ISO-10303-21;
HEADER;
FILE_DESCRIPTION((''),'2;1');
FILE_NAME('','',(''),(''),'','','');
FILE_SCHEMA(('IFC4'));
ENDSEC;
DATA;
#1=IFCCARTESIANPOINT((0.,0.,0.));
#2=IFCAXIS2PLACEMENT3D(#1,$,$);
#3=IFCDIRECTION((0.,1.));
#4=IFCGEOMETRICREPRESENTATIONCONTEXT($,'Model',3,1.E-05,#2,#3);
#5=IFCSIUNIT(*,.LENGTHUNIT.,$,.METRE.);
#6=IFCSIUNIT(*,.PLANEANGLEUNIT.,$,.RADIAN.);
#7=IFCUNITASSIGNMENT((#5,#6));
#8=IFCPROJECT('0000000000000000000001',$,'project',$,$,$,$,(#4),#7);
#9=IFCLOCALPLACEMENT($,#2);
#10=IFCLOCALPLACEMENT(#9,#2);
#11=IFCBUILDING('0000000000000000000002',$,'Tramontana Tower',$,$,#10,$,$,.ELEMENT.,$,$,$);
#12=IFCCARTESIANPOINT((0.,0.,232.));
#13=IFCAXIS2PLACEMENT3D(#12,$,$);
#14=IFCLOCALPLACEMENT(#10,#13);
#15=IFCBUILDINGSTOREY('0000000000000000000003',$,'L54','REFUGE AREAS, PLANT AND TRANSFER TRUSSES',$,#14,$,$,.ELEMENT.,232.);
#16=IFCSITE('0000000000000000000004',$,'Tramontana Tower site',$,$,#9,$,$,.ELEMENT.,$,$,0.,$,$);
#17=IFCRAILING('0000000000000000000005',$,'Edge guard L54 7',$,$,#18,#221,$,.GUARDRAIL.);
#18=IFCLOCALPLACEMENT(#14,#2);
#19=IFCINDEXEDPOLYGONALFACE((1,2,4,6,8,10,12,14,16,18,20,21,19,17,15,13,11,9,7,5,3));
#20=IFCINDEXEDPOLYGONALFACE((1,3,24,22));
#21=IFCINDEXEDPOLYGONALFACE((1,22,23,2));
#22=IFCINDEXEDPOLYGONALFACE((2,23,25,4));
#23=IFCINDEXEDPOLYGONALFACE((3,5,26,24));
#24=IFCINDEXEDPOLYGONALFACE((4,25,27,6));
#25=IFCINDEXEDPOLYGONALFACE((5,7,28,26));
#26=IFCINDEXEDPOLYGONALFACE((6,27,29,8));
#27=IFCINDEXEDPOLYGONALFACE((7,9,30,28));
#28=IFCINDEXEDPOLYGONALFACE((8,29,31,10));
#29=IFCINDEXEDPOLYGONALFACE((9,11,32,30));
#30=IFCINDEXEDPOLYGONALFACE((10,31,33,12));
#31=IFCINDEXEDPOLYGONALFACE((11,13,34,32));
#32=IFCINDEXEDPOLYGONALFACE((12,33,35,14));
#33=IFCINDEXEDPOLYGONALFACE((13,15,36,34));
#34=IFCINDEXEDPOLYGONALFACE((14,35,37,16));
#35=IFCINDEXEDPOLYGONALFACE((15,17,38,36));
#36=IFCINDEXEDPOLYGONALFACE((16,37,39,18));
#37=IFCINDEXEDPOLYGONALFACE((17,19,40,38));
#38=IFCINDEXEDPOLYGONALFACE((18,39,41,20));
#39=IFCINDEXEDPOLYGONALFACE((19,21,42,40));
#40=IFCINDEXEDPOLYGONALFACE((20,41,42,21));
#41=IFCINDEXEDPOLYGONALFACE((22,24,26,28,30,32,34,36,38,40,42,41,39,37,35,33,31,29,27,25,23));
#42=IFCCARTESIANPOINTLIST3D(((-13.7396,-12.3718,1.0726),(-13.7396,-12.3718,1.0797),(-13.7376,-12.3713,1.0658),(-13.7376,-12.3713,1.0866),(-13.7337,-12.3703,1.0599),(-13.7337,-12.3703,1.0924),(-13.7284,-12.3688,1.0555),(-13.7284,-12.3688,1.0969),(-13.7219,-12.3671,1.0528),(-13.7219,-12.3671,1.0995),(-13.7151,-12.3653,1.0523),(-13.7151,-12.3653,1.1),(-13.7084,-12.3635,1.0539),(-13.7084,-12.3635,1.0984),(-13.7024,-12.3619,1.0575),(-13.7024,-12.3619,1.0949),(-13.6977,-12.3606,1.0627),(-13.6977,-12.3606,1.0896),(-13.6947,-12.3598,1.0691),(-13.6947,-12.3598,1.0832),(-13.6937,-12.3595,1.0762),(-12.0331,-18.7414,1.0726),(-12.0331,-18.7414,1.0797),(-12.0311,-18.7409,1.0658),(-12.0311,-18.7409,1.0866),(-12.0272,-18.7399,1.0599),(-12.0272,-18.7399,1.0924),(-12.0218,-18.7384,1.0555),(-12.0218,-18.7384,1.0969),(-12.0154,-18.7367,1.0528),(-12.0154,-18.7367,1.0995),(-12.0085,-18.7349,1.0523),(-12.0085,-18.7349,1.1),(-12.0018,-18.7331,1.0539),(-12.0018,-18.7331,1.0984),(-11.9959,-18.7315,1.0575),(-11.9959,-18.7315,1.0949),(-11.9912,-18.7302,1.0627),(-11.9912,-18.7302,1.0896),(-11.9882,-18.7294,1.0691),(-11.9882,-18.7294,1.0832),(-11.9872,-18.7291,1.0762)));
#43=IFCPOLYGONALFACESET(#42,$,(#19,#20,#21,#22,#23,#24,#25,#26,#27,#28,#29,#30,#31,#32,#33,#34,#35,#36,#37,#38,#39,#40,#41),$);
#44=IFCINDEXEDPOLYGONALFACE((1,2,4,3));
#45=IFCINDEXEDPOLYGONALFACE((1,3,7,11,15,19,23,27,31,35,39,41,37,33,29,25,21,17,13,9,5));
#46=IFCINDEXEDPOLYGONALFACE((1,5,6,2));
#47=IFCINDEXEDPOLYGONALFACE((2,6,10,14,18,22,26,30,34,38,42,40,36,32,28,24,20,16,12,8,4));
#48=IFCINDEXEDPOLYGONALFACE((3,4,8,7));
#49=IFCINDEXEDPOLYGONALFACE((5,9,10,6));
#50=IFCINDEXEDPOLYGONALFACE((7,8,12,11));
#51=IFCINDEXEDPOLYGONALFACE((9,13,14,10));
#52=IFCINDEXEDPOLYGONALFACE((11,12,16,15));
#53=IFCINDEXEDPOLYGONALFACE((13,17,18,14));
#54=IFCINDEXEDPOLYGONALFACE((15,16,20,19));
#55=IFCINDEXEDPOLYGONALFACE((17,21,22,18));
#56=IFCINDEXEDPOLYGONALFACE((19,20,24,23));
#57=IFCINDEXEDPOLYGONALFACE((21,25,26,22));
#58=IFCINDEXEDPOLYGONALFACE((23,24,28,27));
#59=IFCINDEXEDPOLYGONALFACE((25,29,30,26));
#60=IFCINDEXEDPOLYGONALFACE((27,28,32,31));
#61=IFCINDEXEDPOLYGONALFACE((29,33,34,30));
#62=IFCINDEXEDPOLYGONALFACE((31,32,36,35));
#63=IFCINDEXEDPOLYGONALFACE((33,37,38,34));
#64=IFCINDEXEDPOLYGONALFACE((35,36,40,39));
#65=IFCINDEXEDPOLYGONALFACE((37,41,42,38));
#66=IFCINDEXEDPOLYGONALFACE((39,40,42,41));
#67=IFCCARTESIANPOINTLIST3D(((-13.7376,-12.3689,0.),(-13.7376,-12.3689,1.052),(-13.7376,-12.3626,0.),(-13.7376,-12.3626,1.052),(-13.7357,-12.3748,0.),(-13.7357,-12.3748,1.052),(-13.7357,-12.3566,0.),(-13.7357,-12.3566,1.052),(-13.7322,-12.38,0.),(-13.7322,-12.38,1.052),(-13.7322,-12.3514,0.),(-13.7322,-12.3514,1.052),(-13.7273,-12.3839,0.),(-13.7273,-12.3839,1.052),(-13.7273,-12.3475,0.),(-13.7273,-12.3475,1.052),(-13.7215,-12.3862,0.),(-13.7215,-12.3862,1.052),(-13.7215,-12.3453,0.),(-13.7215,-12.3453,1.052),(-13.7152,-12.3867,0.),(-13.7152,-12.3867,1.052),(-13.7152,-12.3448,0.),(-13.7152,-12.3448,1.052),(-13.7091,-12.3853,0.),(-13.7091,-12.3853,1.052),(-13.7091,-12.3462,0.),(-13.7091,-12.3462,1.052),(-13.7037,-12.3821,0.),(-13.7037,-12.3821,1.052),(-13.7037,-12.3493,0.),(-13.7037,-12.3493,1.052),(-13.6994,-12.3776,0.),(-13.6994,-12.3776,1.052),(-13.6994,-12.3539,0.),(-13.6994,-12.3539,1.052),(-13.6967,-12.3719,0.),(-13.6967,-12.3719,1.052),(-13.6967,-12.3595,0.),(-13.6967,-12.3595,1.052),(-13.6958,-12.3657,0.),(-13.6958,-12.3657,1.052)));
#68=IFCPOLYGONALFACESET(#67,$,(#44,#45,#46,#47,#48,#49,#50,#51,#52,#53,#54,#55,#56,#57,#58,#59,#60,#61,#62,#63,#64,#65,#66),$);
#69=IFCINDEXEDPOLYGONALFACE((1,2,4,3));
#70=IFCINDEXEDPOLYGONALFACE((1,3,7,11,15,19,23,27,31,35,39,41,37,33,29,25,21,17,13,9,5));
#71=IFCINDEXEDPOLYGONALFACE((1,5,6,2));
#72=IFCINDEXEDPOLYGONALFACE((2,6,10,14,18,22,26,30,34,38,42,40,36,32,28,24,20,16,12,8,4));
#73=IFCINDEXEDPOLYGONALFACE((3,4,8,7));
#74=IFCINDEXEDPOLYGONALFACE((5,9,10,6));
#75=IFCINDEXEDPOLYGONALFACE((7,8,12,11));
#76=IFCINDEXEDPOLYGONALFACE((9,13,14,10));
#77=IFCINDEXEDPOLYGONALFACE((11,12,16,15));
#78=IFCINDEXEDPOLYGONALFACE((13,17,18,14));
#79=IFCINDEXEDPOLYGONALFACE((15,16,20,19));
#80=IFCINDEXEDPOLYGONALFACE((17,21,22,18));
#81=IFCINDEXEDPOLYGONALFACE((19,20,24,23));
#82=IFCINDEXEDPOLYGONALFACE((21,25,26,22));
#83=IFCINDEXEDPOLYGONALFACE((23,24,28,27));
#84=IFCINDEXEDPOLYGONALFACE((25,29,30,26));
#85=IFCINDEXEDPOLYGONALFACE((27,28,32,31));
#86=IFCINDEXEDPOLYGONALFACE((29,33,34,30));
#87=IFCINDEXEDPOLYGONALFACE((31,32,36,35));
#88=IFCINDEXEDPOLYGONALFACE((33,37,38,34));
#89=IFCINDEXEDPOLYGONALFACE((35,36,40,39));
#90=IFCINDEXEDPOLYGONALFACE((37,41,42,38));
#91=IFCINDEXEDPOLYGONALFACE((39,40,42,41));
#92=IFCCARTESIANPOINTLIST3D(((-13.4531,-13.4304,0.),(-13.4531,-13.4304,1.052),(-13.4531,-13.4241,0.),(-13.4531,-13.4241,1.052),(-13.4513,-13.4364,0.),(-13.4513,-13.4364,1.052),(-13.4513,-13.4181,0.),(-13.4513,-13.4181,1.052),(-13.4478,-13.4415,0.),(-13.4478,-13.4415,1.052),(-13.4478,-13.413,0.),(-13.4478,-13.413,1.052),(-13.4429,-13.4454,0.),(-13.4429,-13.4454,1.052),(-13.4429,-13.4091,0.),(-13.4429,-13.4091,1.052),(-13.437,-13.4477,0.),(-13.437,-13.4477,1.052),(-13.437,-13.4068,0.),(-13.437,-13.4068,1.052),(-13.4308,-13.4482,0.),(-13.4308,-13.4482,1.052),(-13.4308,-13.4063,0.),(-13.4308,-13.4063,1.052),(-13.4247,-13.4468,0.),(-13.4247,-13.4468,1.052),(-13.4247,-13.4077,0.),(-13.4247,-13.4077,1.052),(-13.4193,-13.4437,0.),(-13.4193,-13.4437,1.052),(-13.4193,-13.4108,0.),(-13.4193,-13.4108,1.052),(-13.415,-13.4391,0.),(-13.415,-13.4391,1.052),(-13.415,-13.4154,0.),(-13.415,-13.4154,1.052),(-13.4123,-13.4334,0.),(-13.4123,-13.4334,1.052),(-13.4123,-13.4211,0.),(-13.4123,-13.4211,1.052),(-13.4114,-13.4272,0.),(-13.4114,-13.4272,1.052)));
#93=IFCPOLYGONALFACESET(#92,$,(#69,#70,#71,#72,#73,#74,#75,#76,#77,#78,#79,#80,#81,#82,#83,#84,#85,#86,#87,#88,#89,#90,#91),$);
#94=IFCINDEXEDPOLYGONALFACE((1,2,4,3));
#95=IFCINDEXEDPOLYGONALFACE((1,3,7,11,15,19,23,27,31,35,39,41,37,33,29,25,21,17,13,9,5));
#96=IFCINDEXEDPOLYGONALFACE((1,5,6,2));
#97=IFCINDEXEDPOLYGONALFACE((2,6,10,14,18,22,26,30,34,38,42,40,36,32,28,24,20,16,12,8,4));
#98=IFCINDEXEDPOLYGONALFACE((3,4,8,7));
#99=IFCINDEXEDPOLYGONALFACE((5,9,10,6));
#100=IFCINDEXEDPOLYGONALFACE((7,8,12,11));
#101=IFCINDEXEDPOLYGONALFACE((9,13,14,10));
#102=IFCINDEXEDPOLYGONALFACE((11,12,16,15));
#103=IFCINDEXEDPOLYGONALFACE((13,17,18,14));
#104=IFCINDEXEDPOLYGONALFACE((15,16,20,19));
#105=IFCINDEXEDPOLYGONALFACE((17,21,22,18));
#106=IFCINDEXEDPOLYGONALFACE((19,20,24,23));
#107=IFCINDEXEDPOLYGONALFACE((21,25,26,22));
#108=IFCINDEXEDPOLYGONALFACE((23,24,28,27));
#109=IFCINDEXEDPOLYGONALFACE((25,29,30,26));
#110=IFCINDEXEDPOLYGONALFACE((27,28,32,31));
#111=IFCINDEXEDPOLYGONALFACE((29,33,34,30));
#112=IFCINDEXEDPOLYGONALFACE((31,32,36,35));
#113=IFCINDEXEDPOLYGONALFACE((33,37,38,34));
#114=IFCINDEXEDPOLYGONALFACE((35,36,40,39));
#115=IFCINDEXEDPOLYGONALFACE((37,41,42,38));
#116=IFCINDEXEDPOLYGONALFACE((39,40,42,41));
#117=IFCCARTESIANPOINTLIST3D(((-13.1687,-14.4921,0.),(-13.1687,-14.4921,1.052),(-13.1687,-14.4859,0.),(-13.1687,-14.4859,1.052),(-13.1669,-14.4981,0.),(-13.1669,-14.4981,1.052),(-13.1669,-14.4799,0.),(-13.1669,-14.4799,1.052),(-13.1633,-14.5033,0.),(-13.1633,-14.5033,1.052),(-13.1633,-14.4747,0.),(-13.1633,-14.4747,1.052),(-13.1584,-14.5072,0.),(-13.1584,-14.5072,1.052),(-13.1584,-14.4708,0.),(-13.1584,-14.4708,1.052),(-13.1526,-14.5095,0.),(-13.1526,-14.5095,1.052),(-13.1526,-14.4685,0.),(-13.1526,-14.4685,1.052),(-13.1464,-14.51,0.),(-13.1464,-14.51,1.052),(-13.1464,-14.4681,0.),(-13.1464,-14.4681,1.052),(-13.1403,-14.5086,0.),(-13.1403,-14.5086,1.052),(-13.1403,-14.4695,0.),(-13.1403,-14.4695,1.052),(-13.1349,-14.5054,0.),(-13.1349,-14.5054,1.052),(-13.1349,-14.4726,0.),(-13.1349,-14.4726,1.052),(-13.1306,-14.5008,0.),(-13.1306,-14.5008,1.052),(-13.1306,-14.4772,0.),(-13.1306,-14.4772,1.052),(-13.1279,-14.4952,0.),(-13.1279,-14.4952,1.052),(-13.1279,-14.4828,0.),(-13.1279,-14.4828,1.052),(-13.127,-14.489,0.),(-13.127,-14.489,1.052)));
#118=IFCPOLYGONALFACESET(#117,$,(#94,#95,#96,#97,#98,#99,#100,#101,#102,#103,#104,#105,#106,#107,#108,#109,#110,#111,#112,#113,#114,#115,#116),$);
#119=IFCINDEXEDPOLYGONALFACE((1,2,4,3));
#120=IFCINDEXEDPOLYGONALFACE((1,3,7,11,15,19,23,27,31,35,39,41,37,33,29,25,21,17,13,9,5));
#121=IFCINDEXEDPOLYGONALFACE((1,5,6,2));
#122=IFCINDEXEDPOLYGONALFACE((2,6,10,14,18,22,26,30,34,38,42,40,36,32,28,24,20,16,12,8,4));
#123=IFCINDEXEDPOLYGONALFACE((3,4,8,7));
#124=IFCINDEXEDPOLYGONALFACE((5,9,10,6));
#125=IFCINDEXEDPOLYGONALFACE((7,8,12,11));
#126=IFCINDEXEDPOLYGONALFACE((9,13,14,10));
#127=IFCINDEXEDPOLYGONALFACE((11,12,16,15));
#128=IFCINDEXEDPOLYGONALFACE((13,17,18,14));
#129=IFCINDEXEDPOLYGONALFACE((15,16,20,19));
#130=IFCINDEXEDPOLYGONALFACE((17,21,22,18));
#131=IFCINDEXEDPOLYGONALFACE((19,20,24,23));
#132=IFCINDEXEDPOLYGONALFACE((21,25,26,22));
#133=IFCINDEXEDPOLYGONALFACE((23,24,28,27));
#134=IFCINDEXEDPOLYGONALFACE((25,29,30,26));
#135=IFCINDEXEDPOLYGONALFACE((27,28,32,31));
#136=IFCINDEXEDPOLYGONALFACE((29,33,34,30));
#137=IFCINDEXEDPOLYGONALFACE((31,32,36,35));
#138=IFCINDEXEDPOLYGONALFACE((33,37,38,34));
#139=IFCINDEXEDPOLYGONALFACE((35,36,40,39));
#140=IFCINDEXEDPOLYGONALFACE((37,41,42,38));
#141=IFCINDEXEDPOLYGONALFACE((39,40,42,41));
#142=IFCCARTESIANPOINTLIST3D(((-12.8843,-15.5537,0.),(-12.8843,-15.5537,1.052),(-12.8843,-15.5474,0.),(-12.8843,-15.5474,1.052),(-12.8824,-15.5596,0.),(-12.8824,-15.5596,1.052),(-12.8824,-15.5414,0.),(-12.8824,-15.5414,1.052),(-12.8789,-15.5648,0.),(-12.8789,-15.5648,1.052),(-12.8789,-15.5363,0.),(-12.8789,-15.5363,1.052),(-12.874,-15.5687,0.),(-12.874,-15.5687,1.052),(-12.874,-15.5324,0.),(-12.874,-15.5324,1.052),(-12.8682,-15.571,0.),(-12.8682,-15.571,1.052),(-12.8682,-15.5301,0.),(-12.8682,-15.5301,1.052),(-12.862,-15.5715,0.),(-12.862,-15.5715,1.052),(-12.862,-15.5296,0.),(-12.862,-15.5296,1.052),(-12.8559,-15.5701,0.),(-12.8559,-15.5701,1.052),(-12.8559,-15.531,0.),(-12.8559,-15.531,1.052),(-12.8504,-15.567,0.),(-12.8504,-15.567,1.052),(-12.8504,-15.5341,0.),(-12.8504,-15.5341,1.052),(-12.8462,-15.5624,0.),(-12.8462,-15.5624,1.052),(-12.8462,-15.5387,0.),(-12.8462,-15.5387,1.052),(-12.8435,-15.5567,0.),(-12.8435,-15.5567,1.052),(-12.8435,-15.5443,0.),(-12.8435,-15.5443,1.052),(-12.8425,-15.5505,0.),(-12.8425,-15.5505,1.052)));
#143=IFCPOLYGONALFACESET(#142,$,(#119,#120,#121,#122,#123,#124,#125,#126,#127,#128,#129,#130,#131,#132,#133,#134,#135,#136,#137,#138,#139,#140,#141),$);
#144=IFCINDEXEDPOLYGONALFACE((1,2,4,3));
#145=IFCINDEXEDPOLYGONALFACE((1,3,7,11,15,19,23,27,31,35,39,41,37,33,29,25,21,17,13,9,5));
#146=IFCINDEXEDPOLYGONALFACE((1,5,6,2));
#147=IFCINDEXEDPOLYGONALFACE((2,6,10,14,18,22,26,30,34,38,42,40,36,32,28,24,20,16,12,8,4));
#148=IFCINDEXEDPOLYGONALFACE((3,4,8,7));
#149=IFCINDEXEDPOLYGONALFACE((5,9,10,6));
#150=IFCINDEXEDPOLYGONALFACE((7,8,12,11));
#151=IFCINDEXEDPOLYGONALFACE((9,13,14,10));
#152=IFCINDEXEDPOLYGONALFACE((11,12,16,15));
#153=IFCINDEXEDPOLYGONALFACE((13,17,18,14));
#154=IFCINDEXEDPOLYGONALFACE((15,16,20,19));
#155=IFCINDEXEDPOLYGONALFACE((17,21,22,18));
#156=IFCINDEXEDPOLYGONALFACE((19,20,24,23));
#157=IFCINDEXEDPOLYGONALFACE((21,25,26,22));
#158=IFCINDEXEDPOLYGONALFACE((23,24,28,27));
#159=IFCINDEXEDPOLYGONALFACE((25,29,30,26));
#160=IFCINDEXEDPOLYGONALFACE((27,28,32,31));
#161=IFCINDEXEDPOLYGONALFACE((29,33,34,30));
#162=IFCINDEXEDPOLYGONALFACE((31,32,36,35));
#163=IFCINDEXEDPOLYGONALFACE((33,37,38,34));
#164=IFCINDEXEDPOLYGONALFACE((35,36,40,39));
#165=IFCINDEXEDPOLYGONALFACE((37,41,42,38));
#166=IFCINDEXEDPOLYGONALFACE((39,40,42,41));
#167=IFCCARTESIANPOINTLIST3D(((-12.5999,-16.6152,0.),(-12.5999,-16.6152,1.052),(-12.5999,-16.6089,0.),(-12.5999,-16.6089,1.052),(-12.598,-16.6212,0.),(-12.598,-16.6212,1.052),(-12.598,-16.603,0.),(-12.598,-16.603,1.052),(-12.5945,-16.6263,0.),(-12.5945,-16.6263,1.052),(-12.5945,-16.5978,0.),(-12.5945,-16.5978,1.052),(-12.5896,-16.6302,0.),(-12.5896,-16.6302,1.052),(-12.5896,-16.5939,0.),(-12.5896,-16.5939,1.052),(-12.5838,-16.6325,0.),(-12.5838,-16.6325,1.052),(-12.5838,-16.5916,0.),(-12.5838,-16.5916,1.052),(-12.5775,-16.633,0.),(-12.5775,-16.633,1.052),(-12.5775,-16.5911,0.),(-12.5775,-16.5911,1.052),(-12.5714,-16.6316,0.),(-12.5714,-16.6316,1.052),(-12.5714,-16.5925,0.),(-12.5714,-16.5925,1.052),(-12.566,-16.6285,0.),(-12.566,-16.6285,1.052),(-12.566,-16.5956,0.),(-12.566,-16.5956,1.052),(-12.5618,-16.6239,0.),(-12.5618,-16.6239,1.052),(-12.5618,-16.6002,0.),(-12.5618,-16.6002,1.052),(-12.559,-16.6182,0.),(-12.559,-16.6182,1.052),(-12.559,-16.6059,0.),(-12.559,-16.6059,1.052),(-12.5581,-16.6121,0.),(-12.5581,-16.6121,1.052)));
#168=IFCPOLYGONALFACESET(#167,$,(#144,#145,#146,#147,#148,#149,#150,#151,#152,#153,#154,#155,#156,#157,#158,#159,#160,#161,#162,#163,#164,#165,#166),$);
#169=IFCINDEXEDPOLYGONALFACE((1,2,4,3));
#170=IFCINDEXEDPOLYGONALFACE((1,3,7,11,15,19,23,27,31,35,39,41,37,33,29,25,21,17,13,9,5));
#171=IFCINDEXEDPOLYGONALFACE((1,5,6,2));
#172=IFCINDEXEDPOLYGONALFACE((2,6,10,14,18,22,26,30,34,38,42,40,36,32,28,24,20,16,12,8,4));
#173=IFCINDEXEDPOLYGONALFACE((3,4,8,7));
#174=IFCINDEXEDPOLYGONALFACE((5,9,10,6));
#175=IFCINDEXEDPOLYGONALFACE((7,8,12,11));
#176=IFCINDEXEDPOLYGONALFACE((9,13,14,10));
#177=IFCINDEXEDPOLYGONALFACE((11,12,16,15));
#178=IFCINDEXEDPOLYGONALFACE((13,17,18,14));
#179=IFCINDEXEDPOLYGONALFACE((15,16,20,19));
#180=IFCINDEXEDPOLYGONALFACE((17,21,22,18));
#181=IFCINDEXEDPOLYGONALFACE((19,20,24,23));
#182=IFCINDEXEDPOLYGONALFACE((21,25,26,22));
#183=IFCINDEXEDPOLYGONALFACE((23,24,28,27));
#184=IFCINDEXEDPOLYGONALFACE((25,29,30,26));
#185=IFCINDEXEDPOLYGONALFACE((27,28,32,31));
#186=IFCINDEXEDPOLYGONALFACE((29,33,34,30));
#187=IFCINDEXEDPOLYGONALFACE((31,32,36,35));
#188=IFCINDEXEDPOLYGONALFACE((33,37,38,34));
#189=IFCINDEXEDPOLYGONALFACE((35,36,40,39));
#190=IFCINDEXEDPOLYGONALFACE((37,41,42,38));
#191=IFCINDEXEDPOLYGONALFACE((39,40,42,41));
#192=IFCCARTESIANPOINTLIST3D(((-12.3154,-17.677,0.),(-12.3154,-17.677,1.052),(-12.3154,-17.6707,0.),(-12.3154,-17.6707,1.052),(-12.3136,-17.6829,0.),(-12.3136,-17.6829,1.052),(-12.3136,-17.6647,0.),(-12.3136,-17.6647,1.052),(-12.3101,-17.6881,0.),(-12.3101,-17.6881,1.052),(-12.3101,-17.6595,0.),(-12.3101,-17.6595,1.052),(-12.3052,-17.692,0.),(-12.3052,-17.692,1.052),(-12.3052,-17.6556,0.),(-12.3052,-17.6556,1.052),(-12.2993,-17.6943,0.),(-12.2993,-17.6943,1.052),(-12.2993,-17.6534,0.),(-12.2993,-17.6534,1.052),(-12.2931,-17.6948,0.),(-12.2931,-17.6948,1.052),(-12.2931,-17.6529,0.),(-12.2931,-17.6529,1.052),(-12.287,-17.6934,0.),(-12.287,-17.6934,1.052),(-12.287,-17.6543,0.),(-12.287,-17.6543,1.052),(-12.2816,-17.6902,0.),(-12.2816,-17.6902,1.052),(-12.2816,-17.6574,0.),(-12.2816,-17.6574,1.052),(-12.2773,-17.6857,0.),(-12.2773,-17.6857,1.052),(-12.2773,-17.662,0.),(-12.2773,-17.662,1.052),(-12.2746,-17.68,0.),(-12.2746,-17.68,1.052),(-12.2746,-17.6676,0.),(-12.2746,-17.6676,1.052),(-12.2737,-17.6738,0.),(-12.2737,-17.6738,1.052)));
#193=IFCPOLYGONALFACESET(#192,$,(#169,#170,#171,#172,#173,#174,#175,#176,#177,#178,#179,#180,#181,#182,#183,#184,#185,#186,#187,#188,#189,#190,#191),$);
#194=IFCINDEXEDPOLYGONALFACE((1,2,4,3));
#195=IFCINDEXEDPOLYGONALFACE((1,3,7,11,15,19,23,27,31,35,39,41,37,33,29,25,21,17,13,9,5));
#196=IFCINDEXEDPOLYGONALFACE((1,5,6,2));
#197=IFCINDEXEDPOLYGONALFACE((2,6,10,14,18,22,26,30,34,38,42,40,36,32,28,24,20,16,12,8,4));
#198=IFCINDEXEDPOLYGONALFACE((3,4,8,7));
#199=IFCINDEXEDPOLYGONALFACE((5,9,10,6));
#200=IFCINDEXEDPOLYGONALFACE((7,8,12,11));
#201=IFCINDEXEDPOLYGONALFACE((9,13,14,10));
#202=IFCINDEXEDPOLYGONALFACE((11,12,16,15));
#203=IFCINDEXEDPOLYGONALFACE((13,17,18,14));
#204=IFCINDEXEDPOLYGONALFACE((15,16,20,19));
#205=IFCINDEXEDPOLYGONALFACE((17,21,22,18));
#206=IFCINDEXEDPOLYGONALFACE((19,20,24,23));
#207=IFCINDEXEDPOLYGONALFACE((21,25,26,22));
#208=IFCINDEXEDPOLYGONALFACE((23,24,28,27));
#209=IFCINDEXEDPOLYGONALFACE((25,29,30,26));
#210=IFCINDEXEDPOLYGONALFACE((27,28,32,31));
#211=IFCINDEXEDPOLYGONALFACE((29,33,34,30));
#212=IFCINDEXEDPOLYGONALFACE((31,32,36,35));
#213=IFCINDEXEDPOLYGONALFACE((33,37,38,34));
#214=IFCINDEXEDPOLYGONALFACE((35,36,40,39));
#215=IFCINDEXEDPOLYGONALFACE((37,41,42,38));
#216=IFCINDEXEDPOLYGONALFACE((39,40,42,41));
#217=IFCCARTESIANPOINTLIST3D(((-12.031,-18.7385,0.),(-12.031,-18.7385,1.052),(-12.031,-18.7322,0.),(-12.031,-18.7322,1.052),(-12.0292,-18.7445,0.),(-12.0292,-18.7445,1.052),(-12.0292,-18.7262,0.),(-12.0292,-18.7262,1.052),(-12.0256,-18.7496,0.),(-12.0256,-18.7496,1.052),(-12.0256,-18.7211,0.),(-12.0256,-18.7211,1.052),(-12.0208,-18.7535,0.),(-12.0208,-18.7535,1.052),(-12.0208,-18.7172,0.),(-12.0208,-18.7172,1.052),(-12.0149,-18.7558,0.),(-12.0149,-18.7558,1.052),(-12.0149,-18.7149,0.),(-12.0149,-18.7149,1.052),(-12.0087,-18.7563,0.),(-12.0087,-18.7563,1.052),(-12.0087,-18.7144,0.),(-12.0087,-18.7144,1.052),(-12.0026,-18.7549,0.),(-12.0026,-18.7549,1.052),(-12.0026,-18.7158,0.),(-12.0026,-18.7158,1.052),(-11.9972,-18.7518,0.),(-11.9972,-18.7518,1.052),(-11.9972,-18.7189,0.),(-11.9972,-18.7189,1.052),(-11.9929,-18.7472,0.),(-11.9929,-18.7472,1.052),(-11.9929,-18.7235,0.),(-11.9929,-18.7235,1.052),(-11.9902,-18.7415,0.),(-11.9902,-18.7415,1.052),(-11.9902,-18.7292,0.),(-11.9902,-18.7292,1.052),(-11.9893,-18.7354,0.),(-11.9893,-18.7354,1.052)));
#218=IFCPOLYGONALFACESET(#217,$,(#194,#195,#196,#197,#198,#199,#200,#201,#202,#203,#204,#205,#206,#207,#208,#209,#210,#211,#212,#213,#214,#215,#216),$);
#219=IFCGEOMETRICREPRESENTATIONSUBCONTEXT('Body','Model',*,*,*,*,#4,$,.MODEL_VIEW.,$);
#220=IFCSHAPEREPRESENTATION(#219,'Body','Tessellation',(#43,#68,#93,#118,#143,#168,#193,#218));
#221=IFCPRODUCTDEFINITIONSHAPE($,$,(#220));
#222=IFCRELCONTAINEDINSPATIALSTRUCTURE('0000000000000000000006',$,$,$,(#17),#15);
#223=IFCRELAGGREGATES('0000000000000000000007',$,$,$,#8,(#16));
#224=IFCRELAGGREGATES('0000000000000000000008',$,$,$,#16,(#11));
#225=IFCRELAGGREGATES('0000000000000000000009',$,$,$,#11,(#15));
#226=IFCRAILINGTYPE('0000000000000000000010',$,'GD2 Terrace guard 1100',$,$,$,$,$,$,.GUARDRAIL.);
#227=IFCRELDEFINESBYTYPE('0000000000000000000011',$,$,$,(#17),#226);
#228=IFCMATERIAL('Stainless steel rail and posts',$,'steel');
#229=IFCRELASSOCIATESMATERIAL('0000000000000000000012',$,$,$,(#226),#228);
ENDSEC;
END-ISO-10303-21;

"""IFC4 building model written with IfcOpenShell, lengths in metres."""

from ifc_helpers import new_model, si_unit, direction, frame, origin, origin_2d, place, context, subcontext, project, spatial, circle, extrude, material, type_object, element, save


model = new_model("IFC4")

# Units and contexts
model_context = context("Model", 3, precision=1e-05, world=origin(), true_north=direction((0.0, 1.0)))
body_context = subcontext(model_context, "Body", "Model", "MODEL_VIEW")
ifc_project = project(units=[si_unit("LENGTHUNIT", "METRE"), si_unit("PLANEANGLEUNIT", "RADIAN")], contexts=[model_context])

# Site, building, storey
site_placement = place(None, origin())
site = spatial("IfcSite", under=ifc_project, at=site_placement, Name="Tramontana Tower site", CompositionType="ELEMENT", RefElevation=0.0)
building_placement = place(site_placement, origin())
building = spatial("IfcBuilding", under=site, at=building_placement, Name="Tramontana Tower", CompositionType="ELEMENT")
storey_placement = place(building_placement, frame((0.0, 0.0, 232.0)))
storey = spatial("IfcBuildingStorey", under=building, at=storey_placement, Name="L54", Description="REFUGE AREAS, PLANT AND TRANSFER TRUSSES", CompositionType="ELEMENT", Elevation=232.0)

# Railing
ifc_material_1 = material(Name="Stainless steel rail and posts", Category="steel")
railing_type = type_object("IfcRailingType", Name="GD2 Terrace guard 1100", PredefinedType="GUARDRAIL", material=ifc_material_1)
railing_placement = place(storey_placement, frame((-13.7168, -12.3657, 0.0)))
element("IfcRailing", 1, at=railing_placement, inside=storey, type_object=railing_type, Name="Edge guard L54 7", PredefinedType="GUARDRAIL", context=body_context, shape_type="SweptSolid", body=[
    extrude(circle(Radius=0.0239, at=origin_2d()), frame((0.0, 0.0, 1.0762), z_axis=(0.258792, -0.965933, 0.0), x_axis=(0.965933, 0.258792, 0.0)), (0.0, 0.0, 1.0), 6.5942),
    extrude(circle(Radius=0.021, at=origin_2d()), origin(), (0.0, 0.0, 1.0), 1.052),
    extrude(circle(Radius=0.021, at=origin_2d()), frame((0.2844, -1.0615, 0.0)), (0.0, 0.0, 1.0), 1.052),
    extrude(circle(Radius=0.021, at=origin_2d()), frame((0.5688, -2.1233, 0.0)), (0.0, 0.0, 1.0), 1.052),
    extrude(circle(Radius=0.021, at=origin_2d()), frame((0.8533, -3.1848, 0.0)), (0.0, 0.0, 1.0), 1.052),
    extrude(circle(Radius=0.021, at=origin_2d()), frame((1.1377, -4.2463, 0.0)), (0.0, 0.0, 1.0), 1.052),
    extrude(circle(Radius=0.021, at=origin_2d()), frame((1.4221, -5.3081, 0.0)), (0.0, 0.0, 1.0), 1.052),
    extrude(circle(Radius=0.021, at=origin_2d()), frame((1.7065, -6.3696, 0.0)), (0.0, 0.0, 1.0), 1.052),
])

save(model, "model.ifc")
